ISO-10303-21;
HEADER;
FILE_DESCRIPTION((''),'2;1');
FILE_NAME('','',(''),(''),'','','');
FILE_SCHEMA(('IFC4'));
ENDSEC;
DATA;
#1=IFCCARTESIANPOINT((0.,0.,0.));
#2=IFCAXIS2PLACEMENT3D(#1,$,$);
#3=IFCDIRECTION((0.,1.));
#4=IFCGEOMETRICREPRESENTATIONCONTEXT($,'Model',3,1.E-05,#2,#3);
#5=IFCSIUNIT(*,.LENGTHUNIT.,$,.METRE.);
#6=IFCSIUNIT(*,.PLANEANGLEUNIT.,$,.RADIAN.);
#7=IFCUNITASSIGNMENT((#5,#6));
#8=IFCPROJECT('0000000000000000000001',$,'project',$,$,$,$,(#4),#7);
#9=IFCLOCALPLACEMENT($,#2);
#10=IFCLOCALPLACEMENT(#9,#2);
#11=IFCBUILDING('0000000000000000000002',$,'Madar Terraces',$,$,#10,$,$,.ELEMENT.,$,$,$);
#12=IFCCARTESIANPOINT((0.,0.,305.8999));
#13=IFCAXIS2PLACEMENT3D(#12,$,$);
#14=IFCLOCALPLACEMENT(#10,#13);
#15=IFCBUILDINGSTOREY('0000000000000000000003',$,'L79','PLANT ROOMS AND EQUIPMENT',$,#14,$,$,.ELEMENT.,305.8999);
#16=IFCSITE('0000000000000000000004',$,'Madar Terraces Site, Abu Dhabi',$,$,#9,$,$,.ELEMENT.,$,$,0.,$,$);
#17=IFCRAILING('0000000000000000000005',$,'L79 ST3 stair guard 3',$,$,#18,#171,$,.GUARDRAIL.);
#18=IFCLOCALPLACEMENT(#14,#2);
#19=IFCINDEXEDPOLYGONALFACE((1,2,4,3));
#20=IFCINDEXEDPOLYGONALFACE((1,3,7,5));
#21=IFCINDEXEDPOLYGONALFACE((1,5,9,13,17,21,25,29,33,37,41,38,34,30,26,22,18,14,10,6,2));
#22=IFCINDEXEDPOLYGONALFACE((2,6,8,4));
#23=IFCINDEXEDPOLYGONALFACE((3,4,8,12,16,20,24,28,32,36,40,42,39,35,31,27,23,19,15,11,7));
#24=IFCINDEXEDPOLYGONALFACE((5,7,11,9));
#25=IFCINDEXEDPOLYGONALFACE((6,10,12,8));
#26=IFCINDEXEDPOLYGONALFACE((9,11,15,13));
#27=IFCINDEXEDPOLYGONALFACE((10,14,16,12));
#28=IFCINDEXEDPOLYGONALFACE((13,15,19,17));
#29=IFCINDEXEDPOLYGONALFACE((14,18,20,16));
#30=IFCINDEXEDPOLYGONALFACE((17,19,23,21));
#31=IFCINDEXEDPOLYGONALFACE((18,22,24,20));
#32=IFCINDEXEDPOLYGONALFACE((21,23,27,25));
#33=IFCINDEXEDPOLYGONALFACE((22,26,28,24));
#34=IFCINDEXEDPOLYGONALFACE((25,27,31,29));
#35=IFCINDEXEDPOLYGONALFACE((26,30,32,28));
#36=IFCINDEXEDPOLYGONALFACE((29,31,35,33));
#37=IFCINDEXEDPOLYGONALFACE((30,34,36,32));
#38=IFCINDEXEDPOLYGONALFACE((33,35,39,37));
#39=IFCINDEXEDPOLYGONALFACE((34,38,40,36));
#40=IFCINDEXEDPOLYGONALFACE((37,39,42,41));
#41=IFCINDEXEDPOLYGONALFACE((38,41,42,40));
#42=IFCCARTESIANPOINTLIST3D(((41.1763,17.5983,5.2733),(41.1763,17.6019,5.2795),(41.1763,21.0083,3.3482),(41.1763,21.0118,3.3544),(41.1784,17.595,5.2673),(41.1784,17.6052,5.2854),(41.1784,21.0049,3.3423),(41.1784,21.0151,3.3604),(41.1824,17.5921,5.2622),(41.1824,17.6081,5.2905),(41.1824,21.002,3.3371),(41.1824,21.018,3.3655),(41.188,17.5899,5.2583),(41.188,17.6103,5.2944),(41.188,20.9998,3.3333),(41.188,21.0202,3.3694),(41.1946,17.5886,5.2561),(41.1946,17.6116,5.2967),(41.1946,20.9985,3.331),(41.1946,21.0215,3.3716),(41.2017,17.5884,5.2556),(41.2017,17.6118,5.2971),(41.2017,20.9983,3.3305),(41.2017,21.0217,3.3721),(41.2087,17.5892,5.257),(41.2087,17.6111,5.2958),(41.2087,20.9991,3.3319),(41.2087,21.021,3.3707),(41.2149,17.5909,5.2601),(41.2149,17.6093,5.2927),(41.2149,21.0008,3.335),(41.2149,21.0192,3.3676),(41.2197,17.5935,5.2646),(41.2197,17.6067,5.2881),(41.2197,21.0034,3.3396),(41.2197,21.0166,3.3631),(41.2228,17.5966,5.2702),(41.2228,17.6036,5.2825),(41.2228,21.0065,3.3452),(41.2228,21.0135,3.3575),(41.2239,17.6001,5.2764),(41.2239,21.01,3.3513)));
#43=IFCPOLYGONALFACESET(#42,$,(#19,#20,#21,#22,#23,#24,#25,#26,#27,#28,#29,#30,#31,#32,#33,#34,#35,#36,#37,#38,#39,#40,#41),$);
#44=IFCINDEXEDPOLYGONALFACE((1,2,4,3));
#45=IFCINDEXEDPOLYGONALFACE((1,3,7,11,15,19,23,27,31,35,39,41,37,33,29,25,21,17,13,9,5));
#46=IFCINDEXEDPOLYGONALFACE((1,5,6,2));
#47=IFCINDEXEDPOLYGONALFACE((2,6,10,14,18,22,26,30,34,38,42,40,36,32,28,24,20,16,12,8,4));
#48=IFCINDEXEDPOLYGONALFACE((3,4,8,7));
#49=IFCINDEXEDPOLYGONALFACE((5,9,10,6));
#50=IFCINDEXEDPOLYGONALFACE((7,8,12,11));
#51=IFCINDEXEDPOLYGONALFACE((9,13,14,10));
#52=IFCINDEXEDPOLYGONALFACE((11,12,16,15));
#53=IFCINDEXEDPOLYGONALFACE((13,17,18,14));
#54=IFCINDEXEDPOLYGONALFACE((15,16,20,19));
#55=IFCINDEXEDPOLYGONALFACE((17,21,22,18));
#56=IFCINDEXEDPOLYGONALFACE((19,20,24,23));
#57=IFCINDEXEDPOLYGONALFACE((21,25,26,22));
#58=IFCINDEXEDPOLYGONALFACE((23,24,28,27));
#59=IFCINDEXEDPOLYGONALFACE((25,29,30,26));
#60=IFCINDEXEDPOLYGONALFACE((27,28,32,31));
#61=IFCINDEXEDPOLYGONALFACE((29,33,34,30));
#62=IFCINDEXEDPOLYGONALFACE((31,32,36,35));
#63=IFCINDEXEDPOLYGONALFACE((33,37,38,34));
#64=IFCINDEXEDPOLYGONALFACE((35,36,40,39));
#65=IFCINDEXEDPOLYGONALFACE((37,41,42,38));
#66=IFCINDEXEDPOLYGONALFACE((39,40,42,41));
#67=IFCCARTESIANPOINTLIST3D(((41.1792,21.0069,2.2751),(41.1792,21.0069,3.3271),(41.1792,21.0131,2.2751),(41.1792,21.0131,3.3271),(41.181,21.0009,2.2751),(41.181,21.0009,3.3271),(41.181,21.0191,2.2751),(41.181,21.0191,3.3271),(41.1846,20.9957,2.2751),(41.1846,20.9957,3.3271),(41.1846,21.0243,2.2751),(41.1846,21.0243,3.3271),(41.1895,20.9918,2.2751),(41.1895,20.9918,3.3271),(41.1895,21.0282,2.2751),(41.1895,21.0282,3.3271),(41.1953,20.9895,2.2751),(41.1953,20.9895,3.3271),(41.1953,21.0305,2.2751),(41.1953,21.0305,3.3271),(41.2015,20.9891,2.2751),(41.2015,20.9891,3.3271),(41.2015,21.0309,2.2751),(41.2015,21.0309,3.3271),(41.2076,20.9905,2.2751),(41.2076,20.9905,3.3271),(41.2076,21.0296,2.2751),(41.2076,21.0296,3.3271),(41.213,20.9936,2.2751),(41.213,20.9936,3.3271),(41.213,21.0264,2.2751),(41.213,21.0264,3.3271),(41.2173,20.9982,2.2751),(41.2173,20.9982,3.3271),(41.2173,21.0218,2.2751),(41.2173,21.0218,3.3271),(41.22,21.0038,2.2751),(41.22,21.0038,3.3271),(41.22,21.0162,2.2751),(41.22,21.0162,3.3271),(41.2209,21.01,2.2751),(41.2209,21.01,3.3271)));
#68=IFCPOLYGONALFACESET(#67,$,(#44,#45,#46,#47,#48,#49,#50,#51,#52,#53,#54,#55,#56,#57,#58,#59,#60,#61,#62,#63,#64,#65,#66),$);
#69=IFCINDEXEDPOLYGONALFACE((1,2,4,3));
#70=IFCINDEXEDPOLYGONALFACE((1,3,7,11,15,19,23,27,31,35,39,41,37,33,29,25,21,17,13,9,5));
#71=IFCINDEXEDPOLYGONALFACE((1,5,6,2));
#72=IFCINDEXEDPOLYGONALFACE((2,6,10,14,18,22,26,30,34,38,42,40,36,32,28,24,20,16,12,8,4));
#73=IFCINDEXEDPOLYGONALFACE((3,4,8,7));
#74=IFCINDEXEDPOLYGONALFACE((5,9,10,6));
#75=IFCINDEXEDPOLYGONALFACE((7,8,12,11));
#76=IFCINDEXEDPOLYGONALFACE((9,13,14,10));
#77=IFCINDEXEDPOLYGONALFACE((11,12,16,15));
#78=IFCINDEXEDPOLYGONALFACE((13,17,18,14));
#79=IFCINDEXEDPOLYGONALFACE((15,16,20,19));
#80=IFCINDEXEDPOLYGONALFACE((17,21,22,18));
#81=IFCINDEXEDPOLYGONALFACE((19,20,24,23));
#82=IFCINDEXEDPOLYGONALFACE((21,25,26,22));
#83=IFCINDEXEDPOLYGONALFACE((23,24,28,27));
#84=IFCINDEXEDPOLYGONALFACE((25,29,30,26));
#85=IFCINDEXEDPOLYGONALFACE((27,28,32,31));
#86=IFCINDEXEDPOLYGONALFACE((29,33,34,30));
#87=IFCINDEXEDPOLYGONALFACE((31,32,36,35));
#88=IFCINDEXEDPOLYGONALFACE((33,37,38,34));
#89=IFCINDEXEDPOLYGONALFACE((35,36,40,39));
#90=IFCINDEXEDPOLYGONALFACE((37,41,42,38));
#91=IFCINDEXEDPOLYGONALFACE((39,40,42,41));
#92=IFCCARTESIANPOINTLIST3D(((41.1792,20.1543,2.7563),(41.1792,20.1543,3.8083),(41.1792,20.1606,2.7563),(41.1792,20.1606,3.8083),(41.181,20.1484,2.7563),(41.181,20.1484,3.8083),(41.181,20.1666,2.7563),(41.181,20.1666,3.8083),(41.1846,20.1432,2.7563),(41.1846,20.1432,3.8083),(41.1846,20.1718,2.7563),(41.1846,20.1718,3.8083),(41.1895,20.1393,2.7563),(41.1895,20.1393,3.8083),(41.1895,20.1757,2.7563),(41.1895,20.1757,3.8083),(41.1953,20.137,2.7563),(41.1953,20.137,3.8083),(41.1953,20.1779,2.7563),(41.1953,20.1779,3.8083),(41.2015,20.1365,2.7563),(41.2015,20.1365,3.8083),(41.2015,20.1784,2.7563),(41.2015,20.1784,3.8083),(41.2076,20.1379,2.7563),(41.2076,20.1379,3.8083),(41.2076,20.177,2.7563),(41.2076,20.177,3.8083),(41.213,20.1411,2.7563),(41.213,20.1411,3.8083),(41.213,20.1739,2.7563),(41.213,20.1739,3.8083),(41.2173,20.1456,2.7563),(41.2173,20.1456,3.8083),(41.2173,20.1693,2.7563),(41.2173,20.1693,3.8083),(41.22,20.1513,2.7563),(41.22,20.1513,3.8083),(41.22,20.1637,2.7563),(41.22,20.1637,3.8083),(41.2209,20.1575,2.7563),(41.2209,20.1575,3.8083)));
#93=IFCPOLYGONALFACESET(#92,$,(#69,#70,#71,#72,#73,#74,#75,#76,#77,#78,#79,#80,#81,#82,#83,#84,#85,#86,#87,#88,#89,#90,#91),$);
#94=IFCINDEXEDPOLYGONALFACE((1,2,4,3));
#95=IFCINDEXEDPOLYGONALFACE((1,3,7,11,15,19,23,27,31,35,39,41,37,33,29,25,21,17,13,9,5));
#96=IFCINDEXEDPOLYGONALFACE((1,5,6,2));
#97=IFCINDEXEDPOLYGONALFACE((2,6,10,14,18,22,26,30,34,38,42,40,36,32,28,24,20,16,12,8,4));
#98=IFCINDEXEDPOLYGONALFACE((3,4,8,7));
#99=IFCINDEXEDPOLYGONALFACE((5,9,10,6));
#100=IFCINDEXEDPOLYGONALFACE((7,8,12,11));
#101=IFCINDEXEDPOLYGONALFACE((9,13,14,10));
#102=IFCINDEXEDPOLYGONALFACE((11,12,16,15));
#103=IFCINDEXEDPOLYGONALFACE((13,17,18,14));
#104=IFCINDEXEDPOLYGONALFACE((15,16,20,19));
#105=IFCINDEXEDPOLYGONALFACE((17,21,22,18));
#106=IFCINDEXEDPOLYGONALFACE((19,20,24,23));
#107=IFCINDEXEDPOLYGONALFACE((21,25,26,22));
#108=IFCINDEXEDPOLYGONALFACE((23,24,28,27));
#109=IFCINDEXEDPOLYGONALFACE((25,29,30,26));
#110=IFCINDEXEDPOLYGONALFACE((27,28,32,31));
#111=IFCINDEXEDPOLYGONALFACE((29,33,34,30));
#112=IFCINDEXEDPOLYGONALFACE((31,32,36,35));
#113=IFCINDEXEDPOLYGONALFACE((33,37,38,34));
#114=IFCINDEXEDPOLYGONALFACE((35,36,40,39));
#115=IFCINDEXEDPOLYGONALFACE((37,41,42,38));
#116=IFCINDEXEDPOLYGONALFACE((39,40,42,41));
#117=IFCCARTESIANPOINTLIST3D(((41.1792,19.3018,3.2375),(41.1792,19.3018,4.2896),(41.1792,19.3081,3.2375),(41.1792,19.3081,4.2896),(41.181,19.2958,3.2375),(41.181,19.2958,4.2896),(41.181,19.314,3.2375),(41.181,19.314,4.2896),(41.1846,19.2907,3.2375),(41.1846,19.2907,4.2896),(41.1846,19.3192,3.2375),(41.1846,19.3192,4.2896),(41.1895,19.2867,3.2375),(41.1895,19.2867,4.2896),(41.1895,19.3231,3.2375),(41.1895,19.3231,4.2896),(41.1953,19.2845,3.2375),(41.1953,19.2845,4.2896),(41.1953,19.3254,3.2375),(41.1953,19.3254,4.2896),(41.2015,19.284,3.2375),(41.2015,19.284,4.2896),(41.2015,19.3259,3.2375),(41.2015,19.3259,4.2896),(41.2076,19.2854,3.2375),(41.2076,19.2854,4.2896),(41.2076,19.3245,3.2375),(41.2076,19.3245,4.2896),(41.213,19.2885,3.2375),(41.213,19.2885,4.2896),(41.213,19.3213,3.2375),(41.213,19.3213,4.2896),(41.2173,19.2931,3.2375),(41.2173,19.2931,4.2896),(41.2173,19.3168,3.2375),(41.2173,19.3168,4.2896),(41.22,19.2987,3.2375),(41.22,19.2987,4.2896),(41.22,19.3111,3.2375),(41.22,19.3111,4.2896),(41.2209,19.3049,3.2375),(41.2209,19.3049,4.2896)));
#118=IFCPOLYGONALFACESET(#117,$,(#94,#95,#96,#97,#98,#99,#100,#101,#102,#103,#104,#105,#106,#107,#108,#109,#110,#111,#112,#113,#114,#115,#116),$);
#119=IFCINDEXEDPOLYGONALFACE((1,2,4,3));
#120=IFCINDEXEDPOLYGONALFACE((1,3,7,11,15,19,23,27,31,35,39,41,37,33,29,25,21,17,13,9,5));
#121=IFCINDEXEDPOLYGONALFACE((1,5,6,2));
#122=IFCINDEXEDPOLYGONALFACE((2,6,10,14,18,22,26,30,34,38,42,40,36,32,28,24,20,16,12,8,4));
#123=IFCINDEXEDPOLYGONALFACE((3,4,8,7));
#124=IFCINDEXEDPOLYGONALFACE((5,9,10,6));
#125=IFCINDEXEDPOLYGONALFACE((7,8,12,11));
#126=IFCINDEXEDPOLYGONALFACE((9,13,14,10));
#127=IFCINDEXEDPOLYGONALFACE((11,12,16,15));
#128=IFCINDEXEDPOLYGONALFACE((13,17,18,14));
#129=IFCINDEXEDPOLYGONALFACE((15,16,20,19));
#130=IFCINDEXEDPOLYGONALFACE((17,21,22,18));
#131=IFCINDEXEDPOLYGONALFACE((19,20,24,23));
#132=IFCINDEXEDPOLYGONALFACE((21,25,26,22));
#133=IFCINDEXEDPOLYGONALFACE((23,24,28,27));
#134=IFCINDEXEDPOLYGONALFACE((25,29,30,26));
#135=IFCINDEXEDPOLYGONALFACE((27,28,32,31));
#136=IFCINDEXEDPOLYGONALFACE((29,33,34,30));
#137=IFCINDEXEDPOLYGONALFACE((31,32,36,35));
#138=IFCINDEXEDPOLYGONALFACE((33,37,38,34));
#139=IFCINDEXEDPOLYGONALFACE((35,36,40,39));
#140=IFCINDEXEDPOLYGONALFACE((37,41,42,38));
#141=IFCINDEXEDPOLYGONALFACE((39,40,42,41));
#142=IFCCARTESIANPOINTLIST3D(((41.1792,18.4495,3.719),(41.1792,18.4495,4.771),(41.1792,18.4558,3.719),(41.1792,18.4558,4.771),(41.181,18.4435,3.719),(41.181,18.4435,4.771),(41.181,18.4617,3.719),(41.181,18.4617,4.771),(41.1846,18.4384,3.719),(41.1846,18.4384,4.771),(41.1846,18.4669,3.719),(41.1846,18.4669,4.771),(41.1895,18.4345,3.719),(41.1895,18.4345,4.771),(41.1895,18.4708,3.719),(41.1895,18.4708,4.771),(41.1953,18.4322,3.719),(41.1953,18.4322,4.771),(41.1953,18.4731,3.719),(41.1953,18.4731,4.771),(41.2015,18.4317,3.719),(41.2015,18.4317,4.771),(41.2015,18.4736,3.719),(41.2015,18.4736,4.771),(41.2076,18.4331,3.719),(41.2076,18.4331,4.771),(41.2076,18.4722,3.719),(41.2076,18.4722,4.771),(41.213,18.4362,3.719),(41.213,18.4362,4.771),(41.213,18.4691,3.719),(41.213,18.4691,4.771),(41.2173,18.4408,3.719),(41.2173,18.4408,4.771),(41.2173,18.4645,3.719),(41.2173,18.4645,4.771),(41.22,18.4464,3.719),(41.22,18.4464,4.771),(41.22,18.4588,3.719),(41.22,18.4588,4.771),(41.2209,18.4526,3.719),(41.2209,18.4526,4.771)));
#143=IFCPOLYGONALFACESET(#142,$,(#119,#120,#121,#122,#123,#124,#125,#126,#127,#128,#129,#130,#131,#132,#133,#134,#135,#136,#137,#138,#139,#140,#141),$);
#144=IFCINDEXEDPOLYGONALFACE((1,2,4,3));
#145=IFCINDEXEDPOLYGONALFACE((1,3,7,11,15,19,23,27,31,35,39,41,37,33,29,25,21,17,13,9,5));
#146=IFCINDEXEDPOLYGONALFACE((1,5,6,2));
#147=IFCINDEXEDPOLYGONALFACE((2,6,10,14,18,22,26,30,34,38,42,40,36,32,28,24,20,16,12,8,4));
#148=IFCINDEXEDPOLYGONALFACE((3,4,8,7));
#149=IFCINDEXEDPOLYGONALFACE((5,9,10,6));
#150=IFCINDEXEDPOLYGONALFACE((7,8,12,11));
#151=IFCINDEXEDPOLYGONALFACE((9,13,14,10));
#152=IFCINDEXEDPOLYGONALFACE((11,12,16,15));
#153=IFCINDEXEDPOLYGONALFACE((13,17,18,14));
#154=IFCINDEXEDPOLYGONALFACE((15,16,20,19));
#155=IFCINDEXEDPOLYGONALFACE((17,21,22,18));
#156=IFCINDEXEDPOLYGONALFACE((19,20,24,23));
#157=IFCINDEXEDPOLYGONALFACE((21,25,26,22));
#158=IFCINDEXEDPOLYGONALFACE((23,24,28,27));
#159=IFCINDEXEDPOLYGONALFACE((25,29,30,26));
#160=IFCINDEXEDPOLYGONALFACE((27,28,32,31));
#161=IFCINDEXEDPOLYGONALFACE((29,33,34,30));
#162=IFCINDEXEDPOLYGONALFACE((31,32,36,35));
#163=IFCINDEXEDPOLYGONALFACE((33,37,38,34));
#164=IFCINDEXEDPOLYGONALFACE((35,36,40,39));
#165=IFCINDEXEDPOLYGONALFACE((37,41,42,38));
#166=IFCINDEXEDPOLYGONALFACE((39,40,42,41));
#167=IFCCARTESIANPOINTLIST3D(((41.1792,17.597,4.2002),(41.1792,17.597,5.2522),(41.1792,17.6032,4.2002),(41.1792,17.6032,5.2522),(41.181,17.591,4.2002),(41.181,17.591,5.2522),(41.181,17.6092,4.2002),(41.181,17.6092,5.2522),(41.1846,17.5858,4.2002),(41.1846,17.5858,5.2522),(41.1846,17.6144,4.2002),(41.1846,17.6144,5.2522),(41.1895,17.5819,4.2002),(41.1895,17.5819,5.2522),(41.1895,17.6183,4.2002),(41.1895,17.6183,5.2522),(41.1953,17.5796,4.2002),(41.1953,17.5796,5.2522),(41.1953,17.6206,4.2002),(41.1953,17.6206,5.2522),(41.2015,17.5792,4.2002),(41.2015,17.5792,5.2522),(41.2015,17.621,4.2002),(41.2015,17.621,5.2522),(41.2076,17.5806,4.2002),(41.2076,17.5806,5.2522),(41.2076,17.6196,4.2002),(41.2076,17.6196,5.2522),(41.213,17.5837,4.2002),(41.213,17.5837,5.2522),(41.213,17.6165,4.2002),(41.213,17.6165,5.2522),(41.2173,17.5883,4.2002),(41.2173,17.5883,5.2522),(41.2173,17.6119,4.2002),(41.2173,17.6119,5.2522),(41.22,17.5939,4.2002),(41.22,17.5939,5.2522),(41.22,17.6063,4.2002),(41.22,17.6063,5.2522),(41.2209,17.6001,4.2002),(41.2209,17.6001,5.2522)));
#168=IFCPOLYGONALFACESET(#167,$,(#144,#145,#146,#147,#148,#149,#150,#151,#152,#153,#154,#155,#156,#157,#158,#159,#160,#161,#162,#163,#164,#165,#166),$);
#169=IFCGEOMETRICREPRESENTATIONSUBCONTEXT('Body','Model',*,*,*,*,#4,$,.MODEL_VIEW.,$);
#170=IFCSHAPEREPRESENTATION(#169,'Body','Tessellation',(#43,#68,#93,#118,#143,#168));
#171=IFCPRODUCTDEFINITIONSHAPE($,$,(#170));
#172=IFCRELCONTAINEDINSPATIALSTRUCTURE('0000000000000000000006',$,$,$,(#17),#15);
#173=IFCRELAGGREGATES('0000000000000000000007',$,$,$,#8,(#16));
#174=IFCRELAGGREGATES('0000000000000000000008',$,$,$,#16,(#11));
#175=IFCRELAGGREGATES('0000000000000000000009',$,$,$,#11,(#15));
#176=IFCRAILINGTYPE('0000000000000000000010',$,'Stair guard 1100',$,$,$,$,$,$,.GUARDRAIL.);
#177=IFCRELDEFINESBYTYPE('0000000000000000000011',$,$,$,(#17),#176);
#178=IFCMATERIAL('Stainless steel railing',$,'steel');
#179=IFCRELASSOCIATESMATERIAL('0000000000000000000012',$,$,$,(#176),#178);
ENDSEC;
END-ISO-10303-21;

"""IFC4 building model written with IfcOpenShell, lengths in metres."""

from ifc_helpers import new_model, si_unit, direction, frame, origin, origin_2d, place, context, subcontext, project, spatial, circle, extrude, material, type_object, element, save


model = new_model("IFC4")

# Units and contexts
model_context = context("Model", 3, precision=1e-05, world=origin(), true_north=direction((0.0, 1.0)))
body_context = subcontext(model_context, "Body", "Model", "MODEL_VIEW")
ifc_project = project(units=[si_unit("LENGTHUNIT", "METRE"), si_unit("PLANEANGLEUNIT", "RADIAN")], contexts=[model_context])

# Site, building, storey
site_placement = place(None, origin())
site = spatial("IfcSite", under=ifc_project, at=site_placement, Name="Madar Terraces Site, Abu Dhabi", CompositionType="ELEMENT", RefElevation=0.0)
building_placement = place(site_placement, origin())
building = spatial("IfcBuilding", under=site, at=building_placement, Name="Madar Terraces", CompositionType="ELEMENT")
storey_placement = place(building_placement, frame((0.0, 0.0, 305.8999)))
storey = spatial("IfcBuildingStorey", under=building, at=storey_placement, Name="L79", Description="PLANT ROOMS AND EQUIPMENT", CompositionType="ELEMENT", Elevation=305.8999)

# Railing
ifc_material_1 = material(Name="Stainless steel railing", Category="steel")
railing_type_1 = type_object("IfcRailingType", Name="Stair guard 1100", PredefinedType="GUARDRAIL", material=ifc_material_1)
railing_1_placement = place(storey_placement, frame((41.2, 21.01, 2.2751)))
element("IfcRailing", 1, at=railing_1_placement, inside=storey, type_object=railing_type_1, Name="L79 ST3 stair guard 3", PredefinedType="GUARDRAIL", context=body_context, shape_type="SweptSolid", body=[
    extrude(circle(Radius=0.0239, at=origin_2d()), frame((0.0, 0.0, 1.0762), z_axis=(0.0, -0.870814, 0.491613), x_axis=(1.0, 0.0, 0.0)), (0.0, 0.0, 1.0), 3.9158),
    extrude(circle(Radius=0.021, at=origin_2d()), origin(), (0.0, 0.0, 1.0), 1.052),
    extrude(circle(Radius=0.021, at=origin_2d()), frame((0.0, -0.8525, 0.4812)), (0.0, 0.0, 1.0), 1.052),
    extrude(circle(Radius=0.021, at=origin_2d()), frame((0.0, -1.7051, 0.9624)), (0.0, 0.0, 1.0), 1.052),
    extrude(circle(Radius=0.021, at=origin_2d()), frame((0.0, -2.5574, 1.4438)), (0.0, 0.0, 1.0), 1.052),
    extrude(circle(Radius=0.021, at=origin_2d()), frame((0.0, -3.4099, 1.925)), (0.0, 0.0, 1.0), 1.052),
])

save(model, "model.ifc")
